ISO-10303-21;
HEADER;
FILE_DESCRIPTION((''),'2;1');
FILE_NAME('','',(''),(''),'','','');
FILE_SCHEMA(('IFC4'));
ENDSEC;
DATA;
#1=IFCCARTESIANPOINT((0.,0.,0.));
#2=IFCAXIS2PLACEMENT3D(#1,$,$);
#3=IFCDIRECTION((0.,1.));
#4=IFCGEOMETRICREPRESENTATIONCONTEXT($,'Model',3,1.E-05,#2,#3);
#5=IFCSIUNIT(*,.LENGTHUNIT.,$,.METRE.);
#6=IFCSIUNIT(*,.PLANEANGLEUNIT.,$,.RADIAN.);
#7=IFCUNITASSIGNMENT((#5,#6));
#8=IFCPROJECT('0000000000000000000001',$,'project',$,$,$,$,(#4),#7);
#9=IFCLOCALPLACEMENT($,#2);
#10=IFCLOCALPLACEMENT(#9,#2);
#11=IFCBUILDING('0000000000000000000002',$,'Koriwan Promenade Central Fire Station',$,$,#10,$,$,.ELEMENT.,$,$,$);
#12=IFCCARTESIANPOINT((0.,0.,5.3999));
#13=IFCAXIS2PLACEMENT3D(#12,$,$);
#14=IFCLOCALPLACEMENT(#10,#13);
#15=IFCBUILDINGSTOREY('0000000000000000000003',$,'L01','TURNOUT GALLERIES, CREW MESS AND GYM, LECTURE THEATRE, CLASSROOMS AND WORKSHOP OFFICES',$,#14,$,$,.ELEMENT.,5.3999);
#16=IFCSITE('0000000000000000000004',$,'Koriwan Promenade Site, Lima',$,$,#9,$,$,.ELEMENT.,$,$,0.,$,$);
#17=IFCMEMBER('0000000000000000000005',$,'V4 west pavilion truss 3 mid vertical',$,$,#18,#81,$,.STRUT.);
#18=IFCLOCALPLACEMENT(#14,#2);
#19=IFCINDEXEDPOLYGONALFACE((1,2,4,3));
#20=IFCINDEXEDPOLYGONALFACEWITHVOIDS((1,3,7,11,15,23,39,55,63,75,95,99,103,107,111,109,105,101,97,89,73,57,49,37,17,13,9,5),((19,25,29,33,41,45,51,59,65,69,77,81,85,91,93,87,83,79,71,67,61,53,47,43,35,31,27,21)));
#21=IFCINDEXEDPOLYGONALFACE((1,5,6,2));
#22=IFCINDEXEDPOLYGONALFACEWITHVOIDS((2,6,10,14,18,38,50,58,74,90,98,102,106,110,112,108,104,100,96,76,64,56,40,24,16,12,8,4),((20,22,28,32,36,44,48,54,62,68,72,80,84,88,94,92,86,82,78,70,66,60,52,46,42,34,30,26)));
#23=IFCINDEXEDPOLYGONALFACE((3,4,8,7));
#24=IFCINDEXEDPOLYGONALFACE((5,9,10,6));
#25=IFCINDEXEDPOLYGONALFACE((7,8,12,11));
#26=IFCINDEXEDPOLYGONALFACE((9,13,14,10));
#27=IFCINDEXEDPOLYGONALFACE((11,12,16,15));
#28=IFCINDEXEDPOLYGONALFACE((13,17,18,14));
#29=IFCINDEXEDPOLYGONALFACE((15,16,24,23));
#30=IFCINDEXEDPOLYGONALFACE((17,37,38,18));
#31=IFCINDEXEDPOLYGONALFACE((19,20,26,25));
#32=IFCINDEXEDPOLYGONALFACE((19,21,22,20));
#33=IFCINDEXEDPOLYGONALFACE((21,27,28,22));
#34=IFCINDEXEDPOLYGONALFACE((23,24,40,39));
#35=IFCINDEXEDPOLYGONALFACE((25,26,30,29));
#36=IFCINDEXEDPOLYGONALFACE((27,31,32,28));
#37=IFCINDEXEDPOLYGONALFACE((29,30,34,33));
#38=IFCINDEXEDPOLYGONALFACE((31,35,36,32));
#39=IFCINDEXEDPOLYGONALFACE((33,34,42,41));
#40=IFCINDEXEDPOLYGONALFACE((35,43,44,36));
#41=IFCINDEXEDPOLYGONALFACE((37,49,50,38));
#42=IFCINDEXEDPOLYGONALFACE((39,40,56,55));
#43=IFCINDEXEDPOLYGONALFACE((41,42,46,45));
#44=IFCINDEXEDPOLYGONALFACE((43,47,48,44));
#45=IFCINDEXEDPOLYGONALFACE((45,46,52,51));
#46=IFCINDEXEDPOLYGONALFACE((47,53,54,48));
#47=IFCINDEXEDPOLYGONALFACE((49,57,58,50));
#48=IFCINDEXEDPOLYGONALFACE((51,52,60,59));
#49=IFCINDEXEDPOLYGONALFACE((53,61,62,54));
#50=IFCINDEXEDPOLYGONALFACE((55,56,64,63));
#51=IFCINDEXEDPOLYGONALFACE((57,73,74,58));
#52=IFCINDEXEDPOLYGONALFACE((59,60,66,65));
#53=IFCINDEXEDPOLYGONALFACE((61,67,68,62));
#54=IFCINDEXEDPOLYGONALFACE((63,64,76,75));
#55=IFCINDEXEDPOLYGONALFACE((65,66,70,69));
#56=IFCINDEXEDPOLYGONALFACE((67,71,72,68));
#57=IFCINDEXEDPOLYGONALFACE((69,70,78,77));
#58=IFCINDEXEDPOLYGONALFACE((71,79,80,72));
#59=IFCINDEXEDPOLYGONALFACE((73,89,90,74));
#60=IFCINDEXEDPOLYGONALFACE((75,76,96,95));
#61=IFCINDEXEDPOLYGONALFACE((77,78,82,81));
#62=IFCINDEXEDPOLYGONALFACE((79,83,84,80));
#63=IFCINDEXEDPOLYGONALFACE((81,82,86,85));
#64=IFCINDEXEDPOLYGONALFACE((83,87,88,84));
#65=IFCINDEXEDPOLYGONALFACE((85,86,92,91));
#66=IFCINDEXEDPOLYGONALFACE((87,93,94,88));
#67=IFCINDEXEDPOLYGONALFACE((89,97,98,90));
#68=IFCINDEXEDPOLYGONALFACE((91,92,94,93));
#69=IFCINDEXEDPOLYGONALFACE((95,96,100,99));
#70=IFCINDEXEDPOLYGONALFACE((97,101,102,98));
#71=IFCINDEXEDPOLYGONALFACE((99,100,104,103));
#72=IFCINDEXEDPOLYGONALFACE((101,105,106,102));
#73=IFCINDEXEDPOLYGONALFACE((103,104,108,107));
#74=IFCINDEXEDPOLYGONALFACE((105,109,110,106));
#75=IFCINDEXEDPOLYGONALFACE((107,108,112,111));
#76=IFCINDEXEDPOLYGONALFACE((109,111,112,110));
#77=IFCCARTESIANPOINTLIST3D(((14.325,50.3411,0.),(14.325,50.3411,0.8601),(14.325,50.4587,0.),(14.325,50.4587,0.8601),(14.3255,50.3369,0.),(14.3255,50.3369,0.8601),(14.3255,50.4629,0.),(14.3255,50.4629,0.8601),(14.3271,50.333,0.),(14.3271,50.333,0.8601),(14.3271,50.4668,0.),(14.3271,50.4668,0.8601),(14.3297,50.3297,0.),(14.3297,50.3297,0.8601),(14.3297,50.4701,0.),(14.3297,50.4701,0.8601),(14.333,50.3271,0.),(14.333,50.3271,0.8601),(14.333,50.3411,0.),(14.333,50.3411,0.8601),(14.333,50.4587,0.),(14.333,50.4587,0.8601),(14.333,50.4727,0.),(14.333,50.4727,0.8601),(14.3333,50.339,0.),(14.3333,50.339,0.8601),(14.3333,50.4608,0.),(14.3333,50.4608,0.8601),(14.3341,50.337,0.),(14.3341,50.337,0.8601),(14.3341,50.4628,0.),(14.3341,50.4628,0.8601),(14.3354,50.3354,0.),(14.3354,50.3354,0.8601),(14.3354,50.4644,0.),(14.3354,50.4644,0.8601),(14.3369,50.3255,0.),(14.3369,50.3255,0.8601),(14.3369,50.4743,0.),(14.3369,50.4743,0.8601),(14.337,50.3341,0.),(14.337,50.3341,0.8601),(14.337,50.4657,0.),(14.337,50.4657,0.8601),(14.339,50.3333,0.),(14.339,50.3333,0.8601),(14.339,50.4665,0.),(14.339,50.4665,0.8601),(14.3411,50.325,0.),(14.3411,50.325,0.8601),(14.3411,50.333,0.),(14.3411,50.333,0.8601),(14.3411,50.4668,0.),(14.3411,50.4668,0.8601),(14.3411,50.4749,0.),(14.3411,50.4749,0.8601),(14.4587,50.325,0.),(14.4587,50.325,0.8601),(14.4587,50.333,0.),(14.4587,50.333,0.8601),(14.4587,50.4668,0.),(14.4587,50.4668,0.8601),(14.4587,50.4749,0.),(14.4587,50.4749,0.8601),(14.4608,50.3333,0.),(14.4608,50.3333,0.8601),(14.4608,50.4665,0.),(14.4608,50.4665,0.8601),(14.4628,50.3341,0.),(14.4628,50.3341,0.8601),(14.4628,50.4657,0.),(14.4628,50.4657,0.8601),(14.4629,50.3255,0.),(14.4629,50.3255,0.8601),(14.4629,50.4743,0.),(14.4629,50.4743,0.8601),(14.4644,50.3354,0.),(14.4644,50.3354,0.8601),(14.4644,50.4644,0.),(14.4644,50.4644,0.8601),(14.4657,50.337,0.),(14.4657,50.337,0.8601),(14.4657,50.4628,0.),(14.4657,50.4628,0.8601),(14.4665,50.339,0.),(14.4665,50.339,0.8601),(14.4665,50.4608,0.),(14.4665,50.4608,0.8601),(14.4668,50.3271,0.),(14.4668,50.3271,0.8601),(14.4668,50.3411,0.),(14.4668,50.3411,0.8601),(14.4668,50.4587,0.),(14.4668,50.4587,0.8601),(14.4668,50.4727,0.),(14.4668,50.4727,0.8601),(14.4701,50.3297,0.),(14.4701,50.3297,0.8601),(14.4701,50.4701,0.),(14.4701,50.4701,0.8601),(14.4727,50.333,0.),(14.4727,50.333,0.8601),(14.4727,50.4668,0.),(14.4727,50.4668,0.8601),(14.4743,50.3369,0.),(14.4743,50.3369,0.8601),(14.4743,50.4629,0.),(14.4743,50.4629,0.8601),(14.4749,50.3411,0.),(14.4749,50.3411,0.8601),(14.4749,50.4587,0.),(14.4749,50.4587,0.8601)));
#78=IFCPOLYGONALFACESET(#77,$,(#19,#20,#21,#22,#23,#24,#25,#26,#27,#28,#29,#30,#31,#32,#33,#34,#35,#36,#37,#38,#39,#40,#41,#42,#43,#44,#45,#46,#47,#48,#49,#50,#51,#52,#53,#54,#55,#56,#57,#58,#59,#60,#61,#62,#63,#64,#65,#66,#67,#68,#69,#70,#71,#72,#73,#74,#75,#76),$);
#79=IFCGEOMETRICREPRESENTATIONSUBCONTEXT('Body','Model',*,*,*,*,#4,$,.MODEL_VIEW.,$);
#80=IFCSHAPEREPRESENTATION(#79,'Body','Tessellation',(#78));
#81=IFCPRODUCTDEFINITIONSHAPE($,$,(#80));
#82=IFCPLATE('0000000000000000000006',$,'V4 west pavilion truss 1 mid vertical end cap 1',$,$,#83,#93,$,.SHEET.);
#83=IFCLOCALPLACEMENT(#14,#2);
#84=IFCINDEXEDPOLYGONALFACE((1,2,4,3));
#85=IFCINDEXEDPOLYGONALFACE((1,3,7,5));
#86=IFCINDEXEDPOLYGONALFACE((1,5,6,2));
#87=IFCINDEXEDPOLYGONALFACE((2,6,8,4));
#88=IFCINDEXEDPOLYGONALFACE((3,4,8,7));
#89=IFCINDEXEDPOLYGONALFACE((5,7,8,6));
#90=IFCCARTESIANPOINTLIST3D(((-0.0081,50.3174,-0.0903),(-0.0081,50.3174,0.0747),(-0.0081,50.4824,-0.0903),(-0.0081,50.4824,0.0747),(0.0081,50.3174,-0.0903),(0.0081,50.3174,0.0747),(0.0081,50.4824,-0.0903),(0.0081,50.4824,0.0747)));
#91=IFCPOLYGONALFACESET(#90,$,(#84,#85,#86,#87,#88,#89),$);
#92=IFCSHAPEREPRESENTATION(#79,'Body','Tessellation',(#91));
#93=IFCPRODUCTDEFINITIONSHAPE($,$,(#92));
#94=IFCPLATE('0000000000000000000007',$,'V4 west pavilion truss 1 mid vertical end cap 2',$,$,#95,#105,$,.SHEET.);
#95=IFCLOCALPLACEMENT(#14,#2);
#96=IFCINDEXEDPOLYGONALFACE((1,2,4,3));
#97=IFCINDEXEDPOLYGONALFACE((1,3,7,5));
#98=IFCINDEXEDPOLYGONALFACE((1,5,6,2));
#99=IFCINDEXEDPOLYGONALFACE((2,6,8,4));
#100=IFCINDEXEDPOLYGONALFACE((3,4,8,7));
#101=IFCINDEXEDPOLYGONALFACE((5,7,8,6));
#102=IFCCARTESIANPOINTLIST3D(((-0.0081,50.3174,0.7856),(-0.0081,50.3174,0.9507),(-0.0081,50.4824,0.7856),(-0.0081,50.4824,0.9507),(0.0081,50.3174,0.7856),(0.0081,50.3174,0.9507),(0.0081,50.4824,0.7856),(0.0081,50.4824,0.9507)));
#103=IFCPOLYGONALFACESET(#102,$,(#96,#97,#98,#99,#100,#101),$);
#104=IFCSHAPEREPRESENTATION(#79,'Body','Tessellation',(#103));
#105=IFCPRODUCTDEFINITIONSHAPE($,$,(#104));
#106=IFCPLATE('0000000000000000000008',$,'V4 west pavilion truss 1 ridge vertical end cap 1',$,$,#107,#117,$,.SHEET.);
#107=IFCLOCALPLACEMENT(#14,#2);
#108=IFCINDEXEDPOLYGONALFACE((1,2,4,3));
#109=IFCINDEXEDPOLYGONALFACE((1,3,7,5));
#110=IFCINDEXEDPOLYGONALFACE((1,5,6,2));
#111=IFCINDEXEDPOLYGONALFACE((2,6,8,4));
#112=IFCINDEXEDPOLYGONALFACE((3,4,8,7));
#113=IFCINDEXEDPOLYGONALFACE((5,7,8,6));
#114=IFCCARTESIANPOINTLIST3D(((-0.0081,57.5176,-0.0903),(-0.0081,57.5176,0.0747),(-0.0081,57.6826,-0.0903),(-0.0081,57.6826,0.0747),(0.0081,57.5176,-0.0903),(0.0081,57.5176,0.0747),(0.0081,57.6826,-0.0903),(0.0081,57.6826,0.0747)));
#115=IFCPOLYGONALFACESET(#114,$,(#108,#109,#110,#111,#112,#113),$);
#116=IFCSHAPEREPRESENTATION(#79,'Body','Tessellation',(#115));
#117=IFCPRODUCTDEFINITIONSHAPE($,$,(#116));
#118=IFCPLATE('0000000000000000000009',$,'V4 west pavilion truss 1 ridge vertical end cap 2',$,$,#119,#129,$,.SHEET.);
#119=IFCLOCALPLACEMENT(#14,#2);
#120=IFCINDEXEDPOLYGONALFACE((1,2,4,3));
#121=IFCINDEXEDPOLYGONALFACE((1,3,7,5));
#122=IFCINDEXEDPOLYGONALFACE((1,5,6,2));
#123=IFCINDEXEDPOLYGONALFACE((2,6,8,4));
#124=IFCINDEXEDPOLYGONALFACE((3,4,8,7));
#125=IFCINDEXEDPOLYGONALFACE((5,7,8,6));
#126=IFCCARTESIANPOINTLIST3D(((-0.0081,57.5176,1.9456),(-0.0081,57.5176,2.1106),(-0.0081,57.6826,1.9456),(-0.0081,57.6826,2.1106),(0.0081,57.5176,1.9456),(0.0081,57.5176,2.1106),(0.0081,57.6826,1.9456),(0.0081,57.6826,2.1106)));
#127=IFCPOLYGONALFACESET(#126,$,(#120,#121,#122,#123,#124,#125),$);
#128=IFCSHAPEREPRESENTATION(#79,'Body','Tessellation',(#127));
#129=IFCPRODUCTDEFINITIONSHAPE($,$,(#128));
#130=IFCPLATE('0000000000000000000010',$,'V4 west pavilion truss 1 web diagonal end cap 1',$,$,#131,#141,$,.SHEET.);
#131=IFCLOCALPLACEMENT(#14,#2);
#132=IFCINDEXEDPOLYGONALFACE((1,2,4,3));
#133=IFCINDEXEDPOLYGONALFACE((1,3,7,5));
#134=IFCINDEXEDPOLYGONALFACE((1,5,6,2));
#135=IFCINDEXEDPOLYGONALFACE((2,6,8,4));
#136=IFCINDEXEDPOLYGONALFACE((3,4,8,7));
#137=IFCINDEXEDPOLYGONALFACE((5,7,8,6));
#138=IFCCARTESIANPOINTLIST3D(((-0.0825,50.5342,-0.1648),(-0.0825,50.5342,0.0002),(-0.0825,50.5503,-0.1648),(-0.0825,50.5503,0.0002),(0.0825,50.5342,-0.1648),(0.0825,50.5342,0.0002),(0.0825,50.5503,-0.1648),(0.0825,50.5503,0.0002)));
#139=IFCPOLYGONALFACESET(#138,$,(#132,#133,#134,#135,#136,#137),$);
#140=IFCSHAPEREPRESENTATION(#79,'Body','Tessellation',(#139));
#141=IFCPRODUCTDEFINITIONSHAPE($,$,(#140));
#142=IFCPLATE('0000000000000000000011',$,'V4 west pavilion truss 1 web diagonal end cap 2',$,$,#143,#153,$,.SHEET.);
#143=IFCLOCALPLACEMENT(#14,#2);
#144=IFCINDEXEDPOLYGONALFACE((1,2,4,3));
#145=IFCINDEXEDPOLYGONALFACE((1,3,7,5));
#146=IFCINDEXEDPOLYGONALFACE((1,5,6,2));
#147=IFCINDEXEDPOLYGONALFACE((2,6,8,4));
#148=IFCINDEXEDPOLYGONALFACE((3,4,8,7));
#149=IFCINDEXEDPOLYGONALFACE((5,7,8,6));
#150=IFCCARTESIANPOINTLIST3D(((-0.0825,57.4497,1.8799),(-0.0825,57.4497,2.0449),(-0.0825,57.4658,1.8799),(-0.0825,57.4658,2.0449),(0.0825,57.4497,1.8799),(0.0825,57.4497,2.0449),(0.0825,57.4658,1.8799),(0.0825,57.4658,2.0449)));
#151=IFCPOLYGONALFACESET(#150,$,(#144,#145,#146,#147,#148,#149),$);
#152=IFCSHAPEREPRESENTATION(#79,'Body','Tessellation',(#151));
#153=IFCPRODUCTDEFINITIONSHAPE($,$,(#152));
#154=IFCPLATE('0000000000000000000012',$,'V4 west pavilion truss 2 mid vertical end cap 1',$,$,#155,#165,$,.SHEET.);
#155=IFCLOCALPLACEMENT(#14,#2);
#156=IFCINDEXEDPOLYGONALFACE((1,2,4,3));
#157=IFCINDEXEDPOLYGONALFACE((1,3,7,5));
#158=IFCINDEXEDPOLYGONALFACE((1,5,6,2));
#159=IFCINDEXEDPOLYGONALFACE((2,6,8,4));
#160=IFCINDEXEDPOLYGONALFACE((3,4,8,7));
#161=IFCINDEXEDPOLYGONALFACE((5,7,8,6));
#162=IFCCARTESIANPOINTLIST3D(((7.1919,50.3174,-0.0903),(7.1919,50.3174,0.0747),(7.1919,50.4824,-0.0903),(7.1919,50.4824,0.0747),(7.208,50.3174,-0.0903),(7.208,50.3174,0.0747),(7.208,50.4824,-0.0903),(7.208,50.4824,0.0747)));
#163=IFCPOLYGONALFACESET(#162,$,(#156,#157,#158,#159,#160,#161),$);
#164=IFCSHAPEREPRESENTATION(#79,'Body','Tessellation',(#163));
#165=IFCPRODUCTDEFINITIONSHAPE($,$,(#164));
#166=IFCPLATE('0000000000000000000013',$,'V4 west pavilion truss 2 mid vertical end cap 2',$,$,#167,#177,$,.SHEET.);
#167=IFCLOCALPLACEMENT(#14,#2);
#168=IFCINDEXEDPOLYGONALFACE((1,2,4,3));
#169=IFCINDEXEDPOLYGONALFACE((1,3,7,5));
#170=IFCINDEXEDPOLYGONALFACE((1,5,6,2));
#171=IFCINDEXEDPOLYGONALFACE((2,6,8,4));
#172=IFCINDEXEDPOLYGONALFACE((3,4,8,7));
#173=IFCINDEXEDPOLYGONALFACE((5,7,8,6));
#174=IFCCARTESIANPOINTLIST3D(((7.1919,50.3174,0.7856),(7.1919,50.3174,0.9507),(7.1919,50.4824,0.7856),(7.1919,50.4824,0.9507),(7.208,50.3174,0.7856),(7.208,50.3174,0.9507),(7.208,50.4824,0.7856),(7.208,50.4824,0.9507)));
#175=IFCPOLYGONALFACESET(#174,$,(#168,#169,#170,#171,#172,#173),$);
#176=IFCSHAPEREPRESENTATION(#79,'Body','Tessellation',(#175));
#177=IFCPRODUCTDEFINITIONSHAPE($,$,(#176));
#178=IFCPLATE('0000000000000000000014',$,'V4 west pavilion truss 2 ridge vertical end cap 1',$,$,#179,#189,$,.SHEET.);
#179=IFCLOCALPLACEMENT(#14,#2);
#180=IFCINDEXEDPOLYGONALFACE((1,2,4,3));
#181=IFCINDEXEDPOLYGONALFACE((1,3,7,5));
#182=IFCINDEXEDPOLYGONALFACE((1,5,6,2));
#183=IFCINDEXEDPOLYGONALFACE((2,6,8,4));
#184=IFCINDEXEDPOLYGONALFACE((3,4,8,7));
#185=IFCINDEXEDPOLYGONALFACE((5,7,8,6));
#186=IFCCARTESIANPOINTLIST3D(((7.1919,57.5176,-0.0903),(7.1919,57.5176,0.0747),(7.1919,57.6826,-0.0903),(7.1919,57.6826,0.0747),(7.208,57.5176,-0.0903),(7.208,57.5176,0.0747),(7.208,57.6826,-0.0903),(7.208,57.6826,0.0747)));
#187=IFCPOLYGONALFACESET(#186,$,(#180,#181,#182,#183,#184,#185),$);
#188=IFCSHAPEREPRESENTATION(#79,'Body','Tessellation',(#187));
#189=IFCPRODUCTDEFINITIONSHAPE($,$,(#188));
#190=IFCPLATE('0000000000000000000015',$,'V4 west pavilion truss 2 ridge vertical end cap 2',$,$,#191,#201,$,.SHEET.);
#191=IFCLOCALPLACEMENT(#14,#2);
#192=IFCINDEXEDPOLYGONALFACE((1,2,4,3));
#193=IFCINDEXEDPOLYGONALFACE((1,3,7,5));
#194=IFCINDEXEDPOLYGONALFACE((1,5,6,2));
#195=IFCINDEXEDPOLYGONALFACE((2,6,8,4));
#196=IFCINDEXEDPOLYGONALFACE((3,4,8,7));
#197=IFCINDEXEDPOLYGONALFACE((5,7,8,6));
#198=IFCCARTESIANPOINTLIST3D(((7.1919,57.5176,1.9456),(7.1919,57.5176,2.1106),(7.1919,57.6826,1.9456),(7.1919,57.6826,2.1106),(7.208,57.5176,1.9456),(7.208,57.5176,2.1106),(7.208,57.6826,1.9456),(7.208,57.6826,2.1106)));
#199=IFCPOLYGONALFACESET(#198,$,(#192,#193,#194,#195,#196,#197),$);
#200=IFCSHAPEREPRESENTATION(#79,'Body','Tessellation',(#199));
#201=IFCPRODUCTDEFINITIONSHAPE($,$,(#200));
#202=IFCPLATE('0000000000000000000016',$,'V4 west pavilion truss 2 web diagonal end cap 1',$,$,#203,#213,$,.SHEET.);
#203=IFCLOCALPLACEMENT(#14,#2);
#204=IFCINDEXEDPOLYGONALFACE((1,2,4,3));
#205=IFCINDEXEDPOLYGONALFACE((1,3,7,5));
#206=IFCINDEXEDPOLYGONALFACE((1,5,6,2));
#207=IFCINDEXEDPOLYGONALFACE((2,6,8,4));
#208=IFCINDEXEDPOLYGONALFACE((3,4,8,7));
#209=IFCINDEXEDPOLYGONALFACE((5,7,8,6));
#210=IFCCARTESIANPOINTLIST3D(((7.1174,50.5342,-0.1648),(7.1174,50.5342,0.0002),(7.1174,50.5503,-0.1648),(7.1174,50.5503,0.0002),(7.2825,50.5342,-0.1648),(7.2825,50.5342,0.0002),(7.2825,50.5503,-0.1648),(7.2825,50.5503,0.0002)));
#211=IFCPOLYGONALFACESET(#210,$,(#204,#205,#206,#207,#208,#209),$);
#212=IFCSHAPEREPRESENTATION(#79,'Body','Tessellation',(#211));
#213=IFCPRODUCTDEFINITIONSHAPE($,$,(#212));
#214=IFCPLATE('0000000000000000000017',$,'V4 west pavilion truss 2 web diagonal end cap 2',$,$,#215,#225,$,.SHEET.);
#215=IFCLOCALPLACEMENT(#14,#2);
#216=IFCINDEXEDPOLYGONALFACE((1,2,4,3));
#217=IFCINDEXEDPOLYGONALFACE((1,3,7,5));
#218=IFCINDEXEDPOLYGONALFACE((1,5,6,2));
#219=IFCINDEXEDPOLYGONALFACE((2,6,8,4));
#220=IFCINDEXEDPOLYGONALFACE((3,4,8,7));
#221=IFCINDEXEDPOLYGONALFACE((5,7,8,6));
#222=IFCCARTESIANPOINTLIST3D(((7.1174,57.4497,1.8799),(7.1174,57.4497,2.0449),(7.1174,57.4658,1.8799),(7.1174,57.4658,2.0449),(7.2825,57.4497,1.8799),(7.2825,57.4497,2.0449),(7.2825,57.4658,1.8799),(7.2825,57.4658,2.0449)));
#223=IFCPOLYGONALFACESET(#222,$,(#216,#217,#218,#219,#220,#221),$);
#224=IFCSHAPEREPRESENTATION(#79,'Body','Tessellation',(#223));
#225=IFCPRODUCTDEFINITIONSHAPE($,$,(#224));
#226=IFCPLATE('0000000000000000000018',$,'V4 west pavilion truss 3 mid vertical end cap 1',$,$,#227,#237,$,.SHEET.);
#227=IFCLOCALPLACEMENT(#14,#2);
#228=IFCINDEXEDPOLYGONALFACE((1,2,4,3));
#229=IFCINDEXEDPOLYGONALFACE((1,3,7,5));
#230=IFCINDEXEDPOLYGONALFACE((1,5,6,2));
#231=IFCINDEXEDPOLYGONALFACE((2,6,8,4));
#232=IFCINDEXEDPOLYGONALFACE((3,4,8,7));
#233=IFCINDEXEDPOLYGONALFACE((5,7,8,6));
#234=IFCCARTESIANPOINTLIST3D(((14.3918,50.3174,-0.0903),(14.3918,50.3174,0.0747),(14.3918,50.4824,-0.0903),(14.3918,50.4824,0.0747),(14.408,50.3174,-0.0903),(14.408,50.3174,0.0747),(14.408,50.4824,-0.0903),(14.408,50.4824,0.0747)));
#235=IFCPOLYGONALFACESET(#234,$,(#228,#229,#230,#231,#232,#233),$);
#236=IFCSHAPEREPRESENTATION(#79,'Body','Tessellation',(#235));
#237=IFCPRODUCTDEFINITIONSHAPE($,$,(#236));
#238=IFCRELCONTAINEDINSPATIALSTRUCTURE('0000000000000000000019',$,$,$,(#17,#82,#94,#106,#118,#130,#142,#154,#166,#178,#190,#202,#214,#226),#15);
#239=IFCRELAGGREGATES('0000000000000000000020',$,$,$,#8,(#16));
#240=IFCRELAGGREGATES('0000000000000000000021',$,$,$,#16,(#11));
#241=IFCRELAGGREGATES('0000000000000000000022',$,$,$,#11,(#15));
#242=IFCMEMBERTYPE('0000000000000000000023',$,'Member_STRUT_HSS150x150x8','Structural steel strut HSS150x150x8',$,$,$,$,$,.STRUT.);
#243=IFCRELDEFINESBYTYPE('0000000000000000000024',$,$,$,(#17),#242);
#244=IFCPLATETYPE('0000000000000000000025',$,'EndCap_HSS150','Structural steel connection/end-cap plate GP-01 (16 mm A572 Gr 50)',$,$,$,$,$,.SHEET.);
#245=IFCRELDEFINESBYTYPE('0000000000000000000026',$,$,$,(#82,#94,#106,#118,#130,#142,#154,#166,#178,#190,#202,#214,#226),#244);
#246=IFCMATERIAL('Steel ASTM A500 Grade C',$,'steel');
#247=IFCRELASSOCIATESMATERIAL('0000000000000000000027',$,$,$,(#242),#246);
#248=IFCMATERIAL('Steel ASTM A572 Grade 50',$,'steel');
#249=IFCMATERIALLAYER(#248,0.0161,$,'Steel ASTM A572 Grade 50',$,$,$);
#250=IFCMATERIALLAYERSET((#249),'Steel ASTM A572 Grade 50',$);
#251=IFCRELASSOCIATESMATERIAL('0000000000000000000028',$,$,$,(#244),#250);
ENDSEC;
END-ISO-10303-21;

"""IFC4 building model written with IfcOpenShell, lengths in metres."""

from ifc_helpers import new_model, si_unit, direction, frame, origin, origin_2d, place, context, subcontext, project, spatial, rectangle, hollow_rectangle, extrude, material, layer, layer_set, material_profile, profile_set, type_object, element, save


model = new_model("IFC4")

# Units and contexts
model_context = context("Model", 3, precision=1e-05, world=origin(), true_north=direction((0.0, 1.0)))
body_context = subcontext(model_context, "Body", "Model", "MODEL_VIEW")
ifc_project = project(units=[si_unit("LENGTHUNIT", "METRE"), si_unit("PLANEANGLEUNIT", "RADIAN")], contexts=[model_context])

# Site, building, storey
site_placement = place(None, origin())
site = spatial("IfcSite", under=ifc_project, at=site_placement, Name="Koriwan Promenade Site, Lima", CompositionType="ELEMENT", RefElevation=0.0)
building_placement = place(site_placement, origin())
building = spatial("IfcBuilding", under=site, at=building_placement, Name="Koriwan Promenade Central Fire Station", CompositionType="ELEMENT")
storey_placement = place(building_placement, frame((0.0, 0.0, 5.3999)))
storey = spatial("IfcBuildingStorey", under=building, at=storey_placement, Name="L01", Description="TURNOUT GALLERIES, CREW MESS AND GYM, LECTURE THEATRE, CLASSROOMS AND WORKSHOP OFFICES", CompositionType="ELEMENT", Elevation=5.3999)

# Member
ifc_material_1 = material(Name="Steel ASTM A500 Grade C", Category="steel")
ifc_material_profile_1 = material_profile(ifc_material_1, hollow_rectangle(XDim=0.1499, YDim=0.1499, WallThickness=0.0081, InnerFilletRadius=0.0081, OuterFilletRadius=0.0161, at=origin_2d()), Name="HSS150x150x8")
ifc_profile_set_1 = profile_set([ifc_material_profile_1], Name="Steel ASTM A500 Grade C")
member_type_1 = type_object("IfcMemberType", Name="Member_STRUT_HSS150x150x8", Description="Structural steel strut HSS150x150x8", PredefinedType="STRUT", material=ifc_profile_set_1)
member_1_placement = place(storey_placement, frame((14.3999, 50.3999, 0.0), z_axis=(0.0, 0.0, 1.0), x_axis=(1.0, 0.0, 0.0)))
element("IfcMember", 1, at=member_1_placement, inside=storey, type_object=member_type_1, Name="V4 west pavilion truss 3 mid vertical", PredefinedType="STRUT", context=body_context, shape_type="SweptSolid", body=[
    extrude(hollow_rectangle(XDim=0.1499, YDim=0.1499, WallThickness=0.0081, InnerFilletRadius=0.0081, OuterFilletRadius=0.0161, at=origin_2d()), origin(), (0.0, 0.0, 1.0), 0.8601),
])

# Plates
ifc_material_2 = material(Name="Steel ASTM A572 Grade 50", Category="steel")
ifc_layer_1 = layer(ifc_material_2, 0.0161, Name="Steel ASTM A572 Grade 50")
ifc_layer_set_1 = layer_set([ifc_layer_1], Name="Steel ASTM A572 Grade 50")
plate_type_1 = type_object("IfcPlateType", Name="EndCap_HSS150", Description="Structural steel connection/end-cap plate GP-01 (16 mm A572 Gr 50)", PredefinedType="SHEET", material=ifc_layer_set_1)
for number, where, z_axis, x_axis, name in (
    (2, (0.0, 50.3999, -0.0903), (0.0, 0.0, 1.0), (1.0, 0.0, 0.0), "V4 west pavilion truss 1 mid vertical end cap 1"),
    (3, (0.0, 50.3999, 0.7856), (0.0, 0.0, 1.0), (1.0, 0.0, 0.0), "V4 west pavilion truss 1 mid vertical end cap 2"),
    (4, (0.0, 57.6001, -0.0903), (0.0, 0.0, 1.0), (1.0, 0.0, 0.0), "V4 west pavilion truss 1 ridge vertical end cap 1"),
    (5, (0.0, 57.6001, 1.9456), (0.0, 0.0, 1.0), (1.0, 0.0, 0.0), "V4 west pavilion truss 1 ridge vertical end cap 2"),
    (6, (0.0, 50.5422, -0.1648), (0.0, 0.0, 1.0), (0.0, 1.0, 0.0), "V4 west pavilion truss 1 web diagonal end cap 1"),
    (7, (0.0, 57.4578, 1.8799), (0.0, 0.0, 1.0), (0.0, 1.0, 0.0), "V4 west pavilion truss 1 web diagonal end cap 2"),
    (8, (7.2, 50.3999, -0.0903), (0.0, 0.0, 1.0), (1.0, 0.0, 0.0), "V4 west pavilion truss 2 mid vertical end cap 1"),
    (9, (7.2, 50.3999, 0.7856), (0.0, 0.0, 1.0), (1.0, 0.0, 0.0), "V4 west pavilion truss 2 mid vertical end cap 2"),
    (10, (7.2, 57.6001, -0.0903), (0.0, 0.0, 1.0), (1.0, 0.0, 0.0), "V4 west pavilion truss 2 ridge vertical end cap 1"),
    (11, (7.2, 57.6001, 1.9456), (0.0, 0.0, 1.0), (1.0, 0.0, 0.0), "V4 west pavilion truss 2 ridge vertical end cap 2"),
    (12, (7.2, 50.5422, -0.1648), (0.0, 0.0, 1.0), (0.0, 1.0, 0.0), "V4 west pavilion truss 2 web diagonal end cap 1"),
    (13, (7.2, 57.4578, 1.8799), (0.0, 0.0, 1.0), (0.0, 1.0, 0.0), "V4 west pavilion truss 2 web diagonal end cap 2"),
    (14, (14.3999, 50.3999, -0.0903), (0.0, 0.0, 1.0), (1.0, 0.0, 0.0), "V4 west pavilion truss 3 mid vertical end cap 1"),
):
    element("IfcPlate", number, at=place(storey_placement, frame(where, z_axis=z_axis, x_axis=x_axis)), inside=storey, type_object=plate_type_1, Name=name, PredefinedType="SHEET", context=body_context, shape_type="SweptSolid", body=[
        extrude(rectangle(XDim=0.0161, YDim=0.165, at=origin_2d()), origin(), (0.0, 0.0, 1.0), 0.165),
    ])

save(model, "model.ifc")
